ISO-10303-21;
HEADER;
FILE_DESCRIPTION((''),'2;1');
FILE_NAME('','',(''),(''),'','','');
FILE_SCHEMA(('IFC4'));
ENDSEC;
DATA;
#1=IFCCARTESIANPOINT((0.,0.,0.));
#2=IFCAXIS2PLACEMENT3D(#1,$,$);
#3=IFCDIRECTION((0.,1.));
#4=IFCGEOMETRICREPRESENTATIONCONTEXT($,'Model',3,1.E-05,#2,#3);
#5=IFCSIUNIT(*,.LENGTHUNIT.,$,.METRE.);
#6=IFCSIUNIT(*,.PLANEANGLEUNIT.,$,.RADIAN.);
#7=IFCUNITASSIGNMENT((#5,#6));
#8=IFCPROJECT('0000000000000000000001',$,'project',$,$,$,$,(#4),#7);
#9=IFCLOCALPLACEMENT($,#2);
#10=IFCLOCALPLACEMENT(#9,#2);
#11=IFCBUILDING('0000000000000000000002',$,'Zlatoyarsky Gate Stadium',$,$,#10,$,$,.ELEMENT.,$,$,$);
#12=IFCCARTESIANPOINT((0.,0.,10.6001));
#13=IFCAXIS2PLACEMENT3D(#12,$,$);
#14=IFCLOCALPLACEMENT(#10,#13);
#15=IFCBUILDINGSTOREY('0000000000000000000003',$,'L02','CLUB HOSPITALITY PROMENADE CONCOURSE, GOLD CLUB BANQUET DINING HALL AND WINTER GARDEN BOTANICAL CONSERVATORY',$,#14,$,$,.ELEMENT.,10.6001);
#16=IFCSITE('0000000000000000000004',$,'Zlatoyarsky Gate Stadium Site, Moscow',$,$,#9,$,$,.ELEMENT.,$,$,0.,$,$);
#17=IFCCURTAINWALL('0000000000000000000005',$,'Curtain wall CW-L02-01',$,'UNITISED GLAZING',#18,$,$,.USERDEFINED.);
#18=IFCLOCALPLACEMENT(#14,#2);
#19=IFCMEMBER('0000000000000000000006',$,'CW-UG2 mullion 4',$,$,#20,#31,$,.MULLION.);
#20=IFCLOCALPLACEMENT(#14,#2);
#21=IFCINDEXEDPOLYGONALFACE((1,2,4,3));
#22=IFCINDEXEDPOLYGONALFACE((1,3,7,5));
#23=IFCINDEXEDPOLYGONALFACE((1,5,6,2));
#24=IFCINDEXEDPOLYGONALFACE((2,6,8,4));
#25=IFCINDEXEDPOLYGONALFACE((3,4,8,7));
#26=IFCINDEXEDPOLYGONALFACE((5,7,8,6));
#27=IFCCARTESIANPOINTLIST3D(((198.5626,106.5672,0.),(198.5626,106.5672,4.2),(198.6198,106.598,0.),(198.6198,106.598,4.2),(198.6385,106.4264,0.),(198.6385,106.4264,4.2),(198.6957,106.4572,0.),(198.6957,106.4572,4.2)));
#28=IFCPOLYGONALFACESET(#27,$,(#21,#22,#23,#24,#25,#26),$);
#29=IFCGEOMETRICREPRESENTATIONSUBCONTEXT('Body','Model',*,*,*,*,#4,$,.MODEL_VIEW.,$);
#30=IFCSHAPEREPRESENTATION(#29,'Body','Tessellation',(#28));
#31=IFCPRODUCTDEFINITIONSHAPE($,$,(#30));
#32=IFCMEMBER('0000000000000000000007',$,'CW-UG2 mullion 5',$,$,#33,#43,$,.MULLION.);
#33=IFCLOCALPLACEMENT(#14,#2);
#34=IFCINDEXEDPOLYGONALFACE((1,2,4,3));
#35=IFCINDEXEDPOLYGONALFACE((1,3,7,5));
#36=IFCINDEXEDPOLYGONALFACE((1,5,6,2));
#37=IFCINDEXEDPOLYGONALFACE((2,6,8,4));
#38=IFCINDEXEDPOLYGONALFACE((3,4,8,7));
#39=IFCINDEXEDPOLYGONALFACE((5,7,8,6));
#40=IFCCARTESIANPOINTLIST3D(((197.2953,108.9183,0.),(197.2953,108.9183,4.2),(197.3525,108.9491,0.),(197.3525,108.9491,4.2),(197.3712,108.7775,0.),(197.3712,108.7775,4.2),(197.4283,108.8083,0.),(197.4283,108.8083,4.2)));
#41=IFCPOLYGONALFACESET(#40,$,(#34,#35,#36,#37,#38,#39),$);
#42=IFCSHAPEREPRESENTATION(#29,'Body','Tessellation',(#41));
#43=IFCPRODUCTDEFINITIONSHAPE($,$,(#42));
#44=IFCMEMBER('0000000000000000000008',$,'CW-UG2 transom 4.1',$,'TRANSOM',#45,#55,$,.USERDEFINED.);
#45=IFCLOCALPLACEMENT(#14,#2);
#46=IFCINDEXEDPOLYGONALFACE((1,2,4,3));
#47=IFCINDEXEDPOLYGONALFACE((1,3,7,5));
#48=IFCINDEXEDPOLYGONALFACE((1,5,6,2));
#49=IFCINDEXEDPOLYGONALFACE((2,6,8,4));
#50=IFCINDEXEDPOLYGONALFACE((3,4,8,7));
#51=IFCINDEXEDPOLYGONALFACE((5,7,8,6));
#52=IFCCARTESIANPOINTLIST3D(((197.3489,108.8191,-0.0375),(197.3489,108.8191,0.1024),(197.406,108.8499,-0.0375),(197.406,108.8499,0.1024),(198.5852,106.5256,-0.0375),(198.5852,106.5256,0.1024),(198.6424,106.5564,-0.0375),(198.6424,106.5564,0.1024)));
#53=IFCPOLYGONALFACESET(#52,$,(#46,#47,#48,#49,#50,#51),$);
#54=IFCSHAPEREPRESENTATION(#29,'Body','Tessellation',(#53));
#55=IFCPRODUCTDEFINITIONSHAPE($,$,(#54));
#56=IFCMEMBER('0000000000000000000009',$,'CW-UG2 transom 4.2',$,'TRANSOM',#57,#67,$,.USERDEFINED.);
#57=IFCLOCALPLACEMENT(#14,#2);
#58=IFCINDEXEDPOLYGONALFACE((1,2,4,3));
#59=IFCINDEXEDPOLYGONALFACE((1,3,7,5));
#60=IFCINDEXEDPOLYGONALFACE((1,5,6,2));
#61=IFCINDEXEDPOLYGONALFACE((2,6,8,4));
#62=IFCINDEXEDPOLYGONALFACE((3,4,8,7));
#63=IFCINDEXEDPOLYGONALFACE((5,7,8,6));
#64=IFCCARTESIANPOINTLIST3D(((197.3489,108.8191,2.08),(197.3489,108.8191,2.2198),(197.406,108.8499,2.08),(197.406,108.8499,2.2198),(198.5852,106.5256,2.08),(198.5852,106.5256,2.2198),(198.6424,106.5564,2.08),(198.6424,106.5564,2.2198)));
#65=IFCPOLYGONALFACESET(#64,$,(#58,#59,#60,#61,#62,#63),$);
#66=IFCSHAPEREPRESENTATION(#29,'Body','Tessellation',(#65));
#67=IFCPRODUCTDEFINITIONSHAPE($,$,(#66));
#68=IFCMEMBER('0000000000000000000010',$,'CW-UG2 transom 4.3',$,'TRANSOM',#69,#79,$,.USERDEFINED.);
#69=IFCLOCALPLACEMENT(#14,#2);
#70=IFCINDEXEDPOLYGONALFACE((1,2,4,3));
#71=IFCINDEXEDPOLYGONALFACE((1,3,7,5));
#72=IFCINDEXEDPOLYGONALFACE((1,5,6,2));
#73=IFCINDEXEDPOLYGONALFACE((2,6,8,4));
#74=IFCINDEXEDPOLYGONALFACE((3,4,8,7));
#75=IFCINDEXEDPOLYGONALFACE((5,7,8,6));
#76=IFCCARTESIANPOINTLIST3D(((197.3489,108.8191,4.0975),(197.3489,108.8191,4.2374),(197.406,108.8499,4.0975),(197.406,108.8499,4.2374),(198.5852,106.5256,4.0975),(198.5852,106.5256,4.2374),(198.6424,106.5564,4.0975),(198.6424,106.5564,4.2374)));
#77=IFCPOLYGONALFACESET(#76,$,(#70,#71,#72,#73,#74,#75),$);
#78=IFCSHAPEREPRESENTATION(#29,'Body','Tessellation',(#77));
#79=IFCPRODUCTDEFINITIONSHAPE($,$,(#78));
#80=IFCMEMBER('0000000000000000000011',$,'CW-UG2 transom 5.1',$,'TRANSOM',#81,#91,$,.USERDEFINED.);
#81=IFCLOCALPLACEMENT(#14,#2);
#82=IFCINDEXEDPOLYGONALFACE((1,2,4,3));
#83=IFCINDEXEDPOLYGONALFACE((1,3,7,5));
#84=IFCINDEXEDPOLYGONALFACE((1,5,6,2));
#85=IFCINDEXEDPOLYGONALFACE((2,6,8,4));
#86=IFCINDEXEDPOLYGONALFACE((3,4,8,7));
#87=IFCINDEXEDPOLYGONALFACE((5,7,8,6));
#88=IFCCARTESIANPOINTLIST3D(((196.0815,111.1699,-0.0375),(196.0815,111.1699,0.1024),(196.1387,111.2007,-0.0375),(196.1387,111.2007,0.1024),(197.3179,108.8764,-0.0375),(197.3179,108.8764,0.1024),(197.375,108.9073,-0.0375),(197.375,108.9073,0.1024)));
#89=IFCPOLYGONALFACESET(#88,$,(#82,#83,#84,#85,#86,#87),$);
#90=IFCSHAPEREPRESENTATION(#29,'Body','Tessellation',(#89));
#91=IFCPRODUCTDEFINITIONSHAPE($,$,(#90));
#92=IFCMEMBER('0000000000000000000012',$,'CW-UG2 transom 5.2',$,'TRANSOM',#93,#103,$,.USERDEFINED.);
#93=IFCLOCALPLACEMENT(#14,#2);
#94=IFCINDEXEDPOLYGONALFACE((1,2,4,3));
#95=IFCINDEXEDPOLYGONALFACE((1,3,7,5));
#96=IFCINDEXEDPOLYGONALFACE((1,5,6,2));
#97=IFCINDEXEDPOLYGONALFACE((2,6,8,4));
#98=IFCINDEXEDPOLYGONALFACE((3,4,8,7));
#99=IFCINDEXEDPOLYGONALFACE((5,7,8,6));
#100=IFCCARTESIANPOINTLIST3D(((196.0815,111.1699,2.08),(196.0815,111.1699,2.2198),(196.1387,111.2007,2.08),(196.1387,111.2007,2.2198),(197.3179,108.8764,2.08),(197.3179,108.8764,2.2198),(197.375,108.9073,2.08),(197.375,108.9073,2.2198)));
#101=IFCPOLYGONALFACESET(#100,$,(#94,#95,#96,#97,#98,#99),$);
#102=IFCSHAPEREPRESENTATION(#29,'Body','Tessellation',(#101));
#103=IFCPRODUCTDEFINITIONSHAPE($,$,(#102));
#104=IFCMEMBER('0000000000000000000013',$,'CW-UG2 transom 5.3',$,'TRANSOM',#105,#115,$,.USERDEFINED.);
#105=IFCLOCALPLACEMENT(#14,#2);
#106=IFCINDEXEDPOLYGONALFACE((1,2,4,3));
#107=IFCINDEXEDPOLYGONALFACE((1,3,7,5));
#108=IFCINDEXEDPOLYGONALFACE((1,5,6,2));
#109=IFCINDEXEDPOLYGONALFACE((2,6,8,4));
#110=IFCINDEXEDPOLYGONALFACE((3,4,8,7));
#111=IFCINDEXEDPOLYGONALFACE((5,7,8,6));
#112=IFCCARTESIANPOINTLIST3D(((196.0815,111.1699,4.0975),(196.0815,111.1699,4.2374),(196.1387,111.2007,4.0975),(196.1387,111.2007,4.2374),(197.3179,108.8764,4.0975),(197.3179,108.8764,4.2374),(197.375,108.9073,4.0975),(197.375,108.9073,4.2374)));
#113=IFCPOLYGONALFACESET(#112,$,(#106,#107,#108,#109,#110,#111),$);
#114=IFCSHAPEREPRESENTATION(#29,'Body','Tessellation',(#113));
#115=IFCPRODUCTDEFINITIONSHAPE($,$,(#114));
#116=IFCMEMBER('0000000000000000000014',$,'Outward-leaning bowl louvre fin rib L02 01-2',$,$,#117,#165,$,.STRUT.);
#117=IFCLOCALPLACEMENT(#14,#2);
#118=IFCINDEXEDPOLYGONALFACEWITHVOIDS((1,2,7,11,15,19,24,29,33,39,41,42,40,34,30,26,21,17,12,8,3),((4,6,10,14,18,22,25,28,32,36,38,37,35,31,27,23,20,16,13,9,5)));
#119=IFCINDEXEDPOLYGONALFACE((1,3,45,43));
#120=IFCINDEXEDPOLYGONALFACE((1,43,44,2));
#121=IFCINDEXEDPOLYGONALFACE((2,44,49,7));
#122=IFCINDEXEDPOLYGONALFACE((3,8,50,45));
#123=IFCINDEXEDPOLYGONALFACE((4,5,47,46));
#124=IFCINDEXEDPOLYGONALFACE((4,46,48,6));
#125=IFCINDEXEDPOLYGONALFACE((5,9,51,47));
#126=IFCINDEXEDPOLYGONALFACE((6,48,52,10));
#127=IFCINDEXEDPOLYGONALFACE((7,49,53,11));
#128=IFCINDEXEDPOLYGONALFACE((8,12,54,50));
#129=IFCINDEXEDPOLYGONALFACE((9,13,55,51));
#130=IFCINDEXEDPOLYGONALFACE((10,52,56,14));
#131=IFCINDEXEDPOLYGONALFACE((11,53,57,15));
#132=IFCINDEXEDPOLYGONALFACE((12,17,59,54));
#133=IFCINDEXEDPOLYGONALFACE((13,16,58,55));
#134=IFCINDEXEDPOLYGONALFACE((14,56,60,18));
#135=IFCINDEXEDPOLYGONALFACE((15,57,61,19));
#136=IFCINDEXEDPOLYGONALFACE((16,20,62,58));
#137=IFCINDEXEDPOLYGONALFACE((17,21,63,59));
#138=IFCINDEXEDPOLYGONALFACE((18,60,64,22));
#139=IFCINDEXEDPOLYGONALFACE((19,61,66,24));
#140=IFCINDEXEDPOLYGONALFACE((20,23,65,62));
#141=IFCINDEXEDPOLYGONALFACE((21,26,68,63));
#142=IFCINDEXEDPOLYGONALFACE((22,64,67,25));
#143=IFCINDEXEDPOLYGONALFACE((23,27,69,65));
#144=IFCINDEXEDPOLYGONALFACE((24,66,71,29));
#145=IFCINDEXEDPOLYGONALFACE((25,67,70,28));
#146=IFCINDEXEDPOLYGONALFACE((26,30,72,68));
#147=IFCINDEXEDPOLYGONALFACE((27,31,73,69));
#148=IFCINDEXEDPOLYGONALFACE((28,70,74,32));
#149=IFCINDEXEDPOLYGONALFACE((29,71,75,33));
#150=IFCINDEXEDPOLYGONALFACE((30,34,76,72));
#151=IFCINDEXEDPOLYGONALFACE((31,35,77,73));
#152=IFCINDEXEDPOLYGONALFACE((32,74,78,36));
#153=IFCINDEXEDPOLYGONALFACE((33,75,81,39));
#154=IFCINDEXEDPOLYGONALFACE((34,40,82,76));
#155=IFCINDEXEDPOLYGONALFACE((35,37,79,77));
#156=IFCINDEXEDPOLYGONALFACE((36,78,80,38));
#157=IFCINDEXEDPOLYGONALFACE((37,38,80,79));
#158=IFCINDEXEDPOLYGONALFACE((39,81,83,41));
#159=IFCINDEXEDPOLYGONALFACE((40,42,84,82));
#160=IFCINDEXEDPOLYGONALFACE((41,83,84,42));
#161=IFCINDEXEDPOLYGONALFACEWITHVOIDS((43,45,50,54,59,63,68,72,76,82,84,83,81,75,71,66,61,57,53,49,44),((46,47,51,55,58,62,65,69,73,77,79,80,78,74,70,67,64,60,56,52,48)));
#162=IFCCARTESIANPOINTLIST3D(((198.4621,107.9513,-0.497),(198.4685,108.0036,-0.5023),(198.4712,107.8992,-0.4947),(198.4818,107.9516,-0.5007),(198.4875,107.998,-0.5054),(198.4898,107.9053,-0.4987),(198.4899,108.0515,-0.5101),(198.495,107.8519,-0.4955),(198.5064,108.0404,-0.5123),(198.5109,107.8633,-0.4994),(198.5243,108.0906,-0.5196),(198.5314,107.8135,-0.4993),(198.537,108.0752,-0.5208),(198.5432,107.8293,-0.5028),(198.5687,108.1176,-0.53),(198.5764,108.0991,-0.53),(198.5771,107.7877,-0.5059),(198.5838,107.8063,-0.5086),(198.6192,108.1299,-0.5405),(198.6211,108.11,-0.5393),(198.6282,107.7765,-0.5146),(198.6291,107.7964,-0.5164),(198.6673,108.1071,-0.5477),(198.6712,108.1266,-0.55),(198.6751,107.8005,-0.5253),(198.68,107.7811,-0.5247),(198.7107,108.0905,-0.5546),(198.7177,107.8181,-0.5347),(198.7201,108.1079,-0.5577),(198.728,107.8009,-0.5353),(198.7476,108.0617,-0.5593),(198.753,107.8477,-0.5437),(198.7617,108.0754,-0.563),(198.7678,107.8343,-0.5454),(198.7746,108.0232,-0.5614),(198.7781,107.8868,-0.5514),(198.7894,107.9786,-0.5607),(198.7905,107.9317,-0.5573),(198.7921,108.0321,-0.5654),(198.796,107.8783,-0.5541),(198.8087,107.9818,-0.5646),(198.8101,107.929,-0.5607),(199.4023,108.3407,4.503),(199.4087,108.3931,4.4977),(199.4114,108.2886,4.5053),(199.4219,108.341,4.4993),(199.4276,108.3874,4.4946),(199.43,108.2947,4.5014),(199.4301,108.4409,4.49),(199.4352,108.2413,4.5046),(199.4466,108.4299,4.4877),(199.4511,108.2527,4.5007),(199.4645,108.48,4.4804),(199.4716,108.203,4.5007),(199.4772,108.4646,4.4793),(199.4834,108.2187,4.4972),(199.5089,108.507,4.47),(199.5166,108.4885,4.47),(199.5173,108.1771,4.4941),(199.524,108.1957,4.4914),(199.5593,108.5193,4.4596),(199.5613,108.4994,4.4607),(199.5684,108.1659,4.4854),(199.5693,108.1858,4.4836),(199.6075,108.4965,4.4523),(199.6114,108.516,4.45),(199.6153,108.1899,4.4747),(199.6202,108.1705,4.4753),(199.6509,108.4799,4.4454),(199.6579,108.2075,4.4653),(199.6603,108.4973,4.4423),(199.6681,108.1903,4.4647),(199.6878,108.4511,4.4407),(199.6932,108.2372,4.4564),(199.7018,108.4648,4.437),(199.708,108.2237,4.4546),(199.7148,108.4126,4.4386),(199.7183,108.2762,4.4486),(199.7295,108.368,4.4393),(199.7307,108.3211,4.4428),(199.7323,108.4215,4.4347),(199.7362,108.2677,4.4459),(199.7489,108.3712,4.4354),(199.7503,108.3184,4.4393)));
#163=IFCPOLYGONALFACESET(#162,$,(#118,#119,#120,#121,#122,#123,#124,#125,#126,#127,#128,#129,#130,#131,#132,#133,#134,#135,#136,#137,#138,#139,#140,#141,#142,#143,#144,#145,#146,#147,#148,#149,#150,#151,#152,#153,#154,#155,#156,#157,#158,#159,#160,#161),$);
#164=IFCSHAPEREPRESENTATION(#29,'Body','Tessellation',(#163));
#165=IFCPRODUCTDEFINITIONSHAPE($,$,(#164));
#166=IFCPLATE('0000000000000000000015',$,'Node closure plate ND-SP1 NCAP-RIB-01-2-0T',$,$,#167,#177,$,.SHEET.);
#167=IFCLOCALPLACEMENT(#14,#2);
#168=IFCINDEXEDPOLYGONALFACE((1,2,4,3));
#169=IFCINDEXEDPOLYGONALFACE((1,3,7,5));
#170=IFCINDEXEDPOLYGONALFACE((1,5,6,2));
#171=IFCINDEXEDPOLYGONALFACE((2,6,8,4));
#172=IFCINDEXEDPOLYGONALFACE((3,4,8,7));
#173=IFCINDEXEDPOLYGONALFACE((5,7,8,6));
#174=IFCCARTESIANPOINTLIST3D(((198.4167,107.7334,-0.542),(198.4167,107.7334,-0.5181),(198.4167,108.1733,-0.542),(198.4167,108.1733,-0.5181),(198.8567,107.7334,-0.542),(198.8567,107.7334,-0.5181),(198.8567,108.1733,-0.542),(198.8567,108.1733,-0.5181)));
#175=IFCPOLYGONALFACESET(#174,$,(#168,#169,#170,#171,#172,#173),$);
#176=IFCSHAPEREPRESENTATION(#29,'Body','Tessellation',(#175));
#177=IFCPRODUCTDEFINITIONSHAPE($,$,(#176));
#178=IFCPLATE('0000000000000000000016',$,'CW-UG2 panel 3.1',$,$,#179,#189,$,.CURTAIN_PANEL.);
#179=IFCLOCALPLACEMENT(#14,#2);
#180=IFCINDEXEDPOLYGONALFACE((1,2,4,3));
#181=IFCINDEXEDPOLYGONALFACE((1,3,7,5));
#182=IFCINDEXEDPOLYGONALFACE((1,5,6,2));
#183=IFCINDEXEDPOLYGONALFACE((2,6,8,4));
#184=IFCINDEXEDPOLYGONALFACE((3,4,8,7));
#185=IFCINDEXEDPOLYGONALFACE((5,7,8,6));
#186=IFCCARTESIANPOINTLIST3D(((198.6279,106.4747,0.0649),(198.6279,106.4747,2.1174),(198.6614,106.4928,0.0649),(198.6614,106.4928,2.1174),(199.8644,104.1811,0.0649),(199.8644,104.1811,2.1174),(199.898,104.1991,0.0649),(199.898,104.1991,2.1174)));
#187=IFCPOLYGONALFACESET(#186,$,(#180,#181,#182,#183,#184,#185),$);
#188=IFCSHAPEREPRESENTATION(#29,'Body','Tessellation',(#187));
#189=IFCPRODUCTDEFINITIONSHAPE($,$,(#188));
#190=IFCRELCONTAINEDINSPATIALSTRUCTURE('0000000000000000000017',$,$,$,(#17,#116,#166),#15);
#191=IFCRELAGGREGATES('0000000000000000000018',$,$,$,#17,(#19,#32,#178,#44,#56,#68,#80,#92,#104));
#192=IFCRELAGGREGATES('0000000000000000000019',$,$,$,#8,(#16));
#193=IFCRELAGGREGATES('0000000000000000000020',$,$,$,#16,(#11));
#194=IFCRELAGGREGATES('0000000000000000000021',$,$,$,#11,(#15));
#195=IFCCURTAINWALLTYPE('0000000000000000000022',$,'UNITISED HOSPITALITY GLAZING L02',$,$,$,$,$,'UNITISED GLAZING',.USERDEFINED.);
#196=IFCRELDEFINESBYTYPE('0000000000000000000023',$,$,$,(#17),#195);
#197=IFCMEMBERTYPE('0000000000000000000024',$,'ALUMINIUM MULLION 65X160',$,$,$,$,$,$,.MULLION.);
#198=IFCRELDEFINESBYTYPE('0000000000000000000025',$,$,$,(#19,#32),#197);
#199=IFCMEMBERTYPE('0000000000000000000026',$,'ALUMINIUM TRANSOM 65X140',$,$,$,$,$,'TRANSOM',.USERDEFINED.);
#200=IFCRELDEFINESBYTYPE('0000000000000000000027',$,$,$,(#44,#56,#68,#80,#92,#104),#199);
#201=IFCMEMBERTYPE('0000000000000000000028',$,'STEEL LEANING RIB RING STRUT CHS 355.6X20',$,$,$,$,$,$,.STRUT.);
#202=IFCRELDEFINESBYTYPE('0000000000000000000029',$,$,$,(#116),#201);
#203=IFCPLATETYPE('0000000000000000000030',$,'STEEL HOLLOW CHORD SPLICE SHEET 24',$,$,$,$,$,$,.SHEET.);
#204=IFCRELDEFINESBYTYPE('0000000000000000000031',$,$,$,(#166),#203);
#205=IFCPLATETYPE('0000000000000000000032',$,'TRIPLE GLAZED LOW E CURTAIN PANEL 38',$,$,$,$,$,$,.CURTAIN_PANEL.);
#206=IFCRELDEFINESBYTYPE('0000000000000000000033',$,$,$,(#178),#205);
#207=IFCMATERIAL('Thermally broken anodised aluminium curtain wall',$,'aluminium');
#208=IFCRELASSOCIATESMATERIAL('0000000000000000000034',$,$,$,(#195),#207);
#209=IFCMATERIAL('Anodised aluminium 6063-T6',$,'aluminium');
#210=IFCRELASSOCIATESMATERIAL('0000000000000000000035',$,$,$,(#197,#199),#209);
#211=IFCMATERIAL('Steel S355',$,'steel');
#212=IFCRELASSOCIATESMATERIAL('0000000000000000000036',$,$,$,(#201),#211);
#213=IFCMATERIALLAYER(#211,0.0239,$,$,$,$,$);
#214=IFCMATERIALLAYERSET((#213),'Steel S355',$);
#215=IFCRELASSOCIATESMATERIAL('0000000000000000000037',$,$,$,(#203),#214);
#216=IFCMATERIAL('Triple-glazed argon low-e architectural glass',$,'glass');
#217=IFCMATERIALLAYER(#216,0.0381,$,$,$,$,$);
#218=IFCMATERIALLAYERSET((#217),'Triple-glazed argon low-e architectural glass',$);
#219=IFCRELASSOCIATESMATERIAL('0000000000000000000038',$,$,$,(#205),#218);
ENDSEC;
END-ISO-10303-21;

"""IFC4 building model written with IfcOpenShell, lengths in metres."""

from ifc_helpers import new_model, si_unit, direction, frame, origin, origin_2d, place, context, subcontext, project, spatial, rectangle, hollow_circle, extrude, material, layer, layer_set, material_profile, profile_set, type_object, element, aggregate, save


model = new_model("IFC4")

# Units and contexts
model_context = context("Model", 3, precision=1e-05, world=origin(), true_north=direction((0.0, 1.0)))
body_context = subcontext(model_context, "Body", "Model", "MODEL_VIEW")
ifc_project = project(units=[si_unit("LENGTHUNIT", "METRE"), si_unit("PLANEANGLEUNIT", "RADIAN")], contexts=[model_context])

# Site, building, storey
site_placement = place(None, origin())
site = spatial("IfcSite", under=ifc_project, at=site_placement, Name="Zlatoyarsky Gate Stadium Site, Moscow", CompositionType="ELEMENT", RefElevation=0.0)
building_placement = place(site_placement, origin())
building = spatial("IfcBuilding", under=site, at=building_placement, Name="Zlatoyarsky Gate Stadium", CompositionType="ELEMENT")
storey_placement = place(building_placement, frame((0.0, 0.0, 10.6001)))
storey = spatial("IfcBuildingStorey", under=building, at=storey_placement, Name="L02", Description="CLUB HOSPITALITY PROMENADE CONCOURSE, GOLD CLUB BANQUET DINING HALL AND WINTER GARDEN BOTANICAL CONSERVATORY", CompositionType="ELEMENT", Elevation=10.6001)

# Curtain wall, members
ifc_material_1 = material(Name="Thermally broken anodised aluminium curtain wall", Category="aluminium")
curtain_wall_type = type_object("IfcCurtainWallType", Name="UNITISED HOSPITALITY GLAZING L02", ElementType="UNITISED GLAZING", PredefinedType="USERDEFINED", material=ifc_material_1)
curtain_wall_placement = place(storey_placement, origin())
curtain_wall = element("IfcCurtainWall", 1, at=curtain_wall_placement, inside=storey, type_object=curtain_wall_type, Name="Curtain wall CW-L02-01", ObjectType="UNITISED GLAZING", PredefinedType="USERDEFINED")
ifc_material_2 = material(Name="Anodised aluminium 6063-T6", Category="aluminium")
ifc_material_profile_1 = material_profile(ifc_material_2, rectangle(XDim=0.0649, YDim=0.1599, at=origin_2d()), Name="ALU 65X160")
ifc_profile_set_1 = profile_set([ifc_material_profile_1], Name="Anodised aluminium 6063-T6")
member_type_1 = type_object("IfcMemberType", Name="ALUMINIUM MULLION 65X160", PredefinedType="MULLION", material=ifc_profile_set_1)
member_1_placement = place(storey_placement, frame((198.6292, 106.5122, 0.0), z_axis=(0.0, 0.0, 1.0), x_axis=(-0.880236, -0.474536, 0.0)))
member_1 = element("IfcMember", 2, at=member_1_placement, type_object=member_type_1, Name="CW-UG2 mullion 4", PredefinedType="MULLION", context=body_context, shape_type="SweptSolid", body=[
    extrude(rectangle(XDim=0.0649, YDim=0.1599, at=origin_2d()), origin(), (0.0, 0.0, 1.0), 4.2),
])
member_2_placement = place(storey_placement, frame((197.3618, 108.8633, 0.0), z_axis=(0.0, 0.0, 1.0), x_axis=(-0.880236, -0.474536, 0.0)))
member_2 = element("IfcMember", 3, at=member_2_placement, type_object=member_type_1, Name="CW-UG2 mullion 5", PredefinedType="MULLION", context=body_context, shape_type="SweptSolid", body=[
    extrude(rectangle(XDim=0.0649, YDim=0.1599, at=origin_2d()), origin(), (0.0, 0.0, 1.0), 4.2),
])
ifc_material_profile_2 = material_profile(ifc_material_2, rectangle(XDim=0.0649, YDim=0.1399, at=origin_2d()), Name="ALU 65X140")
ifc_profile_set_2 = profile_set([ifc_material_profile_2], Name="Anodised aluminium 6063-T6")
member_type_2 = type_object("IfcMemberType", Name="ALUMINIUM TRANSOM 65X140", ElementType="TRANSOM", PredefinedType="USERDEFINED", material=ifc_profile_set_2)
member_3_placement = place(storey_placement, frame((198.6138, 106.541, 0.0325), z_axis=(-0.474513, 0.880248, 0.0), x_axis=(-0.880248, -0.474513, 0.0)))
member_3 = element("IfcMember", 4, at=member_3_placement, type_object=member_type_2, Name="CW-UG2 transom 4.1", ObjectType="TRANSOM", PredefinedType="USERDEFINED", context=body_context, shape_type="SweptSolid", body=[
    extrude(rectangle(XDim=0.0649, YDim=0.1399, at=origin_2d()), origin(), (0.0, 0.0, 1.0), 2.6055),
])
member_4_placement = place(storey_placement, frame((198.6138, 106.541, 2.1499), z_axis=(-0.474513, 0.880248, 0.0), x_axis=(-0.880248, -0.474513, 0.0)))
member_4 = element("IfcMember", 5, at=member_4_placement, type_object=member_type_2, Name="CW-UG2 transom 4.2", ObjectType="TRANSOM", PredefinedType="USERDEFINED", context=body_context, shape_type="SweptSolid", body=[
    extrude(rectangle(XDim=0.0649, YDim=0.1399, at=origin_2d()), origin(), (0.0, 0.0, 1.0), 2.6055),
])
member_5_placement = place(storey_placement, frame((198.6138, 106.541, 4.1675), z_axis=(-0.474513, 0.880248, 0.0), x_axis=(-0.880248, -0.474513, 0.0)))
member_5 = element("IfcMember", 6, at=member_5_placement, type_object=member_type_2, Name="CW-UG2 transom 4.3", ObjectType="TRANSOM", PredefinedType="USERDEFINED", context=body_context, shape_type="SweptSolid", body=[
    extrude(rectangle(XDim=0.0649, YDim=0.1399, at=origin_2d()), origin(), (0.0, 0.0, 1.0), 2.6055),
])
member_6_placement = place(storey_placement, frame((197.3464, 108.8918, 0.0325), z_axis=(-0.474513, 0.880248, 0.0), x_axis=(-0.880248, -0.474513, 0.0)))
member_6 = element("IfcMember", 7, at=member_6_placement, type_object=member_type_2, Name="CW-UG2 transom 5.1", ObjectType="TRANSOM", PredefinedType="USERDEFINED", context=body_context, shape_type="SweptSolid", body=[
    extrude(rectangle(XDim=0.0649, YDim=0.1399, at=origin_2d()), origin(), (0.0, 0.0, 1.0), 2.6055),
])
member_7_placement = place(storey_placement, frame((197.3464, 108.8918, 2.1499), z_axis=(-0.474513, 0.880248, 0.0), x_axis=(-0.880248, -0.474513, 0.0)))
member_7 = element("IfcMember", 8, at=member_7_placement, type_object=member_type_2, Name="CW-UG2 transom 5.2", ObjectType="TRANSOM", PredefinedType="USERDEFINED", context=body_context, shape_type="SweptSolid", body=[
    extrude(rectangle(XDim=0.0649, YDim=0.1399, at=origin_2d()), origin(), (0.0, 0.0, 1.0), 2.6055),
])
member_8_placement = place(storey_placement, frame((197.3464, 108.8918, 4.1675), z_axis=(-0.474513, 0.880248, 0.0), x_axis=(-0.880248, -0.474513, 0.0)))
member_8 = element("IfcMember", 9, at=member_8_placement, type_object=member_type_2, Name="CW-UG2 transom 5.3", ObjectType="TRANSOM", PredefinedType="USERDEFINED", context=body_context, shape_type="SweptSolid", body=[
    extrude(rectangle(XDim=0.0649, YDim=0.1399, at=origin_2d()), origin(), (0.0, 0.0, 1.0), 2.6055),
])

# Member
ifc_material_3 = material(Name="Steel S355", Category="steel")
ifc_material_profile_3 = material_profile(ifc_material_3, hollow_circle(Radius=0.1777, WallThickness=0.02, at=origin_2d()), Name="CHS 355.6X20")
ifc_profile_set_3 = profile_set([ifc_material_profile_3], Name="Steel S355")
member_type_3 = type_object("IfcMemberType", Name="STEEL LEANING RIB RING STRUT CHS 355.6X20", PredefinedType="STRUT", material=ifc_profile_set_3)
member_9_placement = place(storey_placement, frame((198.6367, 107.9534, -0.53), z_axis=(0.18426, 0.076316, 0.97991), x_axis=(-0.382655, 0.923891, 0.0)))
element("IfcMember", 10, at=member_9_placement, inside=storey, type_object=member_type_3, Name="Outward-leaning bowl louvre fin rib L02 01-2", PredefinedType="STRUT", context=body_context, shape_type="SweptSolid", body=[
    extrude(hollow_circle(Radius=0.1777, WallThickness=0.02, at=origin_2d()), origin(), (0.0, 0.0, 1.0), 5.1025),
])

# Plates
ifc_layer_1 = layer(ifc_material_3, 0.0239)
ifc_layer_set_1 = layer_set([ifc_layer_1], Name="Steel S355")
plate_type_1 = type_object("IfcPlateType", Name="STEEL HOLLOW CHORD SPLICE SHEET 24", PredefinedType="SHEET", material=ifc_layer_set_1)
plate_1_placement = place(storey_placement, frame((198.6367, 107.9534, -0.542), z_axis=(0.0, 0.0, 1.0), x_axis=(1.0, 0.0, 0.0)))
element("IfcPlate", 11, at=plate_1_placement, inside=storey, type_object=plate_type_1, Name="Node closure plate ND-SP1 NCAP-RIB-01-2-0T", PredefinedType="SHEET", context=body_context, shape_type="SweptSolid", body=[
    extrude(rectangle(XDim=0.4399, YDim=0.4399, at=origin_2d()), origin(), (0.0, 0.0, 1.0), 0.0239),
])
ifc_material_4 = material(Name="Triple-glazed argon low-e architectural glass", Category="glass")
ifc_layer_2 = layer(ifc_material_4, 0.0381)
ifc_layer_set_2 = layer_set([ifc_layer_2], Name="Triple-glazed argon low-e architectural glass")
plate_type_2 = type_object("IfcPlateType", Name="TRIPLE GLAZED LOW E CURTAIN PANEL 38", PredefinedType="CURTAIN_PANEL", material=ifc_layer_set_2)
plate_2_placement = place(storey_placement, frame((199.2629, 105.3369, 0.0649), z_axis=(0.0, 0.0, 1.0), x_axis=(-0.474536, 0.880236, 0.0)))
plate_2 = element("IfcPlate", 12, at=plate_2_placement, type_object=plate_type_2, Name="CW-UG2 panel 3.1", PredefinedType="CURTAIN_PANEL", context=body_context, shape_type="SweptSolid", body=[
    extrude(rectangle(XDim=2.6057, YDim=0.0381, at=origin_2d()), origin(), (0.0, 0.0, 1.0), 2.0525),
])
aggregate(curtain_wall, [member_1, member_2, plate_2, member_3, member_4, member_5, member_6, member_7, member_8])

save(model, "model.ifc")
